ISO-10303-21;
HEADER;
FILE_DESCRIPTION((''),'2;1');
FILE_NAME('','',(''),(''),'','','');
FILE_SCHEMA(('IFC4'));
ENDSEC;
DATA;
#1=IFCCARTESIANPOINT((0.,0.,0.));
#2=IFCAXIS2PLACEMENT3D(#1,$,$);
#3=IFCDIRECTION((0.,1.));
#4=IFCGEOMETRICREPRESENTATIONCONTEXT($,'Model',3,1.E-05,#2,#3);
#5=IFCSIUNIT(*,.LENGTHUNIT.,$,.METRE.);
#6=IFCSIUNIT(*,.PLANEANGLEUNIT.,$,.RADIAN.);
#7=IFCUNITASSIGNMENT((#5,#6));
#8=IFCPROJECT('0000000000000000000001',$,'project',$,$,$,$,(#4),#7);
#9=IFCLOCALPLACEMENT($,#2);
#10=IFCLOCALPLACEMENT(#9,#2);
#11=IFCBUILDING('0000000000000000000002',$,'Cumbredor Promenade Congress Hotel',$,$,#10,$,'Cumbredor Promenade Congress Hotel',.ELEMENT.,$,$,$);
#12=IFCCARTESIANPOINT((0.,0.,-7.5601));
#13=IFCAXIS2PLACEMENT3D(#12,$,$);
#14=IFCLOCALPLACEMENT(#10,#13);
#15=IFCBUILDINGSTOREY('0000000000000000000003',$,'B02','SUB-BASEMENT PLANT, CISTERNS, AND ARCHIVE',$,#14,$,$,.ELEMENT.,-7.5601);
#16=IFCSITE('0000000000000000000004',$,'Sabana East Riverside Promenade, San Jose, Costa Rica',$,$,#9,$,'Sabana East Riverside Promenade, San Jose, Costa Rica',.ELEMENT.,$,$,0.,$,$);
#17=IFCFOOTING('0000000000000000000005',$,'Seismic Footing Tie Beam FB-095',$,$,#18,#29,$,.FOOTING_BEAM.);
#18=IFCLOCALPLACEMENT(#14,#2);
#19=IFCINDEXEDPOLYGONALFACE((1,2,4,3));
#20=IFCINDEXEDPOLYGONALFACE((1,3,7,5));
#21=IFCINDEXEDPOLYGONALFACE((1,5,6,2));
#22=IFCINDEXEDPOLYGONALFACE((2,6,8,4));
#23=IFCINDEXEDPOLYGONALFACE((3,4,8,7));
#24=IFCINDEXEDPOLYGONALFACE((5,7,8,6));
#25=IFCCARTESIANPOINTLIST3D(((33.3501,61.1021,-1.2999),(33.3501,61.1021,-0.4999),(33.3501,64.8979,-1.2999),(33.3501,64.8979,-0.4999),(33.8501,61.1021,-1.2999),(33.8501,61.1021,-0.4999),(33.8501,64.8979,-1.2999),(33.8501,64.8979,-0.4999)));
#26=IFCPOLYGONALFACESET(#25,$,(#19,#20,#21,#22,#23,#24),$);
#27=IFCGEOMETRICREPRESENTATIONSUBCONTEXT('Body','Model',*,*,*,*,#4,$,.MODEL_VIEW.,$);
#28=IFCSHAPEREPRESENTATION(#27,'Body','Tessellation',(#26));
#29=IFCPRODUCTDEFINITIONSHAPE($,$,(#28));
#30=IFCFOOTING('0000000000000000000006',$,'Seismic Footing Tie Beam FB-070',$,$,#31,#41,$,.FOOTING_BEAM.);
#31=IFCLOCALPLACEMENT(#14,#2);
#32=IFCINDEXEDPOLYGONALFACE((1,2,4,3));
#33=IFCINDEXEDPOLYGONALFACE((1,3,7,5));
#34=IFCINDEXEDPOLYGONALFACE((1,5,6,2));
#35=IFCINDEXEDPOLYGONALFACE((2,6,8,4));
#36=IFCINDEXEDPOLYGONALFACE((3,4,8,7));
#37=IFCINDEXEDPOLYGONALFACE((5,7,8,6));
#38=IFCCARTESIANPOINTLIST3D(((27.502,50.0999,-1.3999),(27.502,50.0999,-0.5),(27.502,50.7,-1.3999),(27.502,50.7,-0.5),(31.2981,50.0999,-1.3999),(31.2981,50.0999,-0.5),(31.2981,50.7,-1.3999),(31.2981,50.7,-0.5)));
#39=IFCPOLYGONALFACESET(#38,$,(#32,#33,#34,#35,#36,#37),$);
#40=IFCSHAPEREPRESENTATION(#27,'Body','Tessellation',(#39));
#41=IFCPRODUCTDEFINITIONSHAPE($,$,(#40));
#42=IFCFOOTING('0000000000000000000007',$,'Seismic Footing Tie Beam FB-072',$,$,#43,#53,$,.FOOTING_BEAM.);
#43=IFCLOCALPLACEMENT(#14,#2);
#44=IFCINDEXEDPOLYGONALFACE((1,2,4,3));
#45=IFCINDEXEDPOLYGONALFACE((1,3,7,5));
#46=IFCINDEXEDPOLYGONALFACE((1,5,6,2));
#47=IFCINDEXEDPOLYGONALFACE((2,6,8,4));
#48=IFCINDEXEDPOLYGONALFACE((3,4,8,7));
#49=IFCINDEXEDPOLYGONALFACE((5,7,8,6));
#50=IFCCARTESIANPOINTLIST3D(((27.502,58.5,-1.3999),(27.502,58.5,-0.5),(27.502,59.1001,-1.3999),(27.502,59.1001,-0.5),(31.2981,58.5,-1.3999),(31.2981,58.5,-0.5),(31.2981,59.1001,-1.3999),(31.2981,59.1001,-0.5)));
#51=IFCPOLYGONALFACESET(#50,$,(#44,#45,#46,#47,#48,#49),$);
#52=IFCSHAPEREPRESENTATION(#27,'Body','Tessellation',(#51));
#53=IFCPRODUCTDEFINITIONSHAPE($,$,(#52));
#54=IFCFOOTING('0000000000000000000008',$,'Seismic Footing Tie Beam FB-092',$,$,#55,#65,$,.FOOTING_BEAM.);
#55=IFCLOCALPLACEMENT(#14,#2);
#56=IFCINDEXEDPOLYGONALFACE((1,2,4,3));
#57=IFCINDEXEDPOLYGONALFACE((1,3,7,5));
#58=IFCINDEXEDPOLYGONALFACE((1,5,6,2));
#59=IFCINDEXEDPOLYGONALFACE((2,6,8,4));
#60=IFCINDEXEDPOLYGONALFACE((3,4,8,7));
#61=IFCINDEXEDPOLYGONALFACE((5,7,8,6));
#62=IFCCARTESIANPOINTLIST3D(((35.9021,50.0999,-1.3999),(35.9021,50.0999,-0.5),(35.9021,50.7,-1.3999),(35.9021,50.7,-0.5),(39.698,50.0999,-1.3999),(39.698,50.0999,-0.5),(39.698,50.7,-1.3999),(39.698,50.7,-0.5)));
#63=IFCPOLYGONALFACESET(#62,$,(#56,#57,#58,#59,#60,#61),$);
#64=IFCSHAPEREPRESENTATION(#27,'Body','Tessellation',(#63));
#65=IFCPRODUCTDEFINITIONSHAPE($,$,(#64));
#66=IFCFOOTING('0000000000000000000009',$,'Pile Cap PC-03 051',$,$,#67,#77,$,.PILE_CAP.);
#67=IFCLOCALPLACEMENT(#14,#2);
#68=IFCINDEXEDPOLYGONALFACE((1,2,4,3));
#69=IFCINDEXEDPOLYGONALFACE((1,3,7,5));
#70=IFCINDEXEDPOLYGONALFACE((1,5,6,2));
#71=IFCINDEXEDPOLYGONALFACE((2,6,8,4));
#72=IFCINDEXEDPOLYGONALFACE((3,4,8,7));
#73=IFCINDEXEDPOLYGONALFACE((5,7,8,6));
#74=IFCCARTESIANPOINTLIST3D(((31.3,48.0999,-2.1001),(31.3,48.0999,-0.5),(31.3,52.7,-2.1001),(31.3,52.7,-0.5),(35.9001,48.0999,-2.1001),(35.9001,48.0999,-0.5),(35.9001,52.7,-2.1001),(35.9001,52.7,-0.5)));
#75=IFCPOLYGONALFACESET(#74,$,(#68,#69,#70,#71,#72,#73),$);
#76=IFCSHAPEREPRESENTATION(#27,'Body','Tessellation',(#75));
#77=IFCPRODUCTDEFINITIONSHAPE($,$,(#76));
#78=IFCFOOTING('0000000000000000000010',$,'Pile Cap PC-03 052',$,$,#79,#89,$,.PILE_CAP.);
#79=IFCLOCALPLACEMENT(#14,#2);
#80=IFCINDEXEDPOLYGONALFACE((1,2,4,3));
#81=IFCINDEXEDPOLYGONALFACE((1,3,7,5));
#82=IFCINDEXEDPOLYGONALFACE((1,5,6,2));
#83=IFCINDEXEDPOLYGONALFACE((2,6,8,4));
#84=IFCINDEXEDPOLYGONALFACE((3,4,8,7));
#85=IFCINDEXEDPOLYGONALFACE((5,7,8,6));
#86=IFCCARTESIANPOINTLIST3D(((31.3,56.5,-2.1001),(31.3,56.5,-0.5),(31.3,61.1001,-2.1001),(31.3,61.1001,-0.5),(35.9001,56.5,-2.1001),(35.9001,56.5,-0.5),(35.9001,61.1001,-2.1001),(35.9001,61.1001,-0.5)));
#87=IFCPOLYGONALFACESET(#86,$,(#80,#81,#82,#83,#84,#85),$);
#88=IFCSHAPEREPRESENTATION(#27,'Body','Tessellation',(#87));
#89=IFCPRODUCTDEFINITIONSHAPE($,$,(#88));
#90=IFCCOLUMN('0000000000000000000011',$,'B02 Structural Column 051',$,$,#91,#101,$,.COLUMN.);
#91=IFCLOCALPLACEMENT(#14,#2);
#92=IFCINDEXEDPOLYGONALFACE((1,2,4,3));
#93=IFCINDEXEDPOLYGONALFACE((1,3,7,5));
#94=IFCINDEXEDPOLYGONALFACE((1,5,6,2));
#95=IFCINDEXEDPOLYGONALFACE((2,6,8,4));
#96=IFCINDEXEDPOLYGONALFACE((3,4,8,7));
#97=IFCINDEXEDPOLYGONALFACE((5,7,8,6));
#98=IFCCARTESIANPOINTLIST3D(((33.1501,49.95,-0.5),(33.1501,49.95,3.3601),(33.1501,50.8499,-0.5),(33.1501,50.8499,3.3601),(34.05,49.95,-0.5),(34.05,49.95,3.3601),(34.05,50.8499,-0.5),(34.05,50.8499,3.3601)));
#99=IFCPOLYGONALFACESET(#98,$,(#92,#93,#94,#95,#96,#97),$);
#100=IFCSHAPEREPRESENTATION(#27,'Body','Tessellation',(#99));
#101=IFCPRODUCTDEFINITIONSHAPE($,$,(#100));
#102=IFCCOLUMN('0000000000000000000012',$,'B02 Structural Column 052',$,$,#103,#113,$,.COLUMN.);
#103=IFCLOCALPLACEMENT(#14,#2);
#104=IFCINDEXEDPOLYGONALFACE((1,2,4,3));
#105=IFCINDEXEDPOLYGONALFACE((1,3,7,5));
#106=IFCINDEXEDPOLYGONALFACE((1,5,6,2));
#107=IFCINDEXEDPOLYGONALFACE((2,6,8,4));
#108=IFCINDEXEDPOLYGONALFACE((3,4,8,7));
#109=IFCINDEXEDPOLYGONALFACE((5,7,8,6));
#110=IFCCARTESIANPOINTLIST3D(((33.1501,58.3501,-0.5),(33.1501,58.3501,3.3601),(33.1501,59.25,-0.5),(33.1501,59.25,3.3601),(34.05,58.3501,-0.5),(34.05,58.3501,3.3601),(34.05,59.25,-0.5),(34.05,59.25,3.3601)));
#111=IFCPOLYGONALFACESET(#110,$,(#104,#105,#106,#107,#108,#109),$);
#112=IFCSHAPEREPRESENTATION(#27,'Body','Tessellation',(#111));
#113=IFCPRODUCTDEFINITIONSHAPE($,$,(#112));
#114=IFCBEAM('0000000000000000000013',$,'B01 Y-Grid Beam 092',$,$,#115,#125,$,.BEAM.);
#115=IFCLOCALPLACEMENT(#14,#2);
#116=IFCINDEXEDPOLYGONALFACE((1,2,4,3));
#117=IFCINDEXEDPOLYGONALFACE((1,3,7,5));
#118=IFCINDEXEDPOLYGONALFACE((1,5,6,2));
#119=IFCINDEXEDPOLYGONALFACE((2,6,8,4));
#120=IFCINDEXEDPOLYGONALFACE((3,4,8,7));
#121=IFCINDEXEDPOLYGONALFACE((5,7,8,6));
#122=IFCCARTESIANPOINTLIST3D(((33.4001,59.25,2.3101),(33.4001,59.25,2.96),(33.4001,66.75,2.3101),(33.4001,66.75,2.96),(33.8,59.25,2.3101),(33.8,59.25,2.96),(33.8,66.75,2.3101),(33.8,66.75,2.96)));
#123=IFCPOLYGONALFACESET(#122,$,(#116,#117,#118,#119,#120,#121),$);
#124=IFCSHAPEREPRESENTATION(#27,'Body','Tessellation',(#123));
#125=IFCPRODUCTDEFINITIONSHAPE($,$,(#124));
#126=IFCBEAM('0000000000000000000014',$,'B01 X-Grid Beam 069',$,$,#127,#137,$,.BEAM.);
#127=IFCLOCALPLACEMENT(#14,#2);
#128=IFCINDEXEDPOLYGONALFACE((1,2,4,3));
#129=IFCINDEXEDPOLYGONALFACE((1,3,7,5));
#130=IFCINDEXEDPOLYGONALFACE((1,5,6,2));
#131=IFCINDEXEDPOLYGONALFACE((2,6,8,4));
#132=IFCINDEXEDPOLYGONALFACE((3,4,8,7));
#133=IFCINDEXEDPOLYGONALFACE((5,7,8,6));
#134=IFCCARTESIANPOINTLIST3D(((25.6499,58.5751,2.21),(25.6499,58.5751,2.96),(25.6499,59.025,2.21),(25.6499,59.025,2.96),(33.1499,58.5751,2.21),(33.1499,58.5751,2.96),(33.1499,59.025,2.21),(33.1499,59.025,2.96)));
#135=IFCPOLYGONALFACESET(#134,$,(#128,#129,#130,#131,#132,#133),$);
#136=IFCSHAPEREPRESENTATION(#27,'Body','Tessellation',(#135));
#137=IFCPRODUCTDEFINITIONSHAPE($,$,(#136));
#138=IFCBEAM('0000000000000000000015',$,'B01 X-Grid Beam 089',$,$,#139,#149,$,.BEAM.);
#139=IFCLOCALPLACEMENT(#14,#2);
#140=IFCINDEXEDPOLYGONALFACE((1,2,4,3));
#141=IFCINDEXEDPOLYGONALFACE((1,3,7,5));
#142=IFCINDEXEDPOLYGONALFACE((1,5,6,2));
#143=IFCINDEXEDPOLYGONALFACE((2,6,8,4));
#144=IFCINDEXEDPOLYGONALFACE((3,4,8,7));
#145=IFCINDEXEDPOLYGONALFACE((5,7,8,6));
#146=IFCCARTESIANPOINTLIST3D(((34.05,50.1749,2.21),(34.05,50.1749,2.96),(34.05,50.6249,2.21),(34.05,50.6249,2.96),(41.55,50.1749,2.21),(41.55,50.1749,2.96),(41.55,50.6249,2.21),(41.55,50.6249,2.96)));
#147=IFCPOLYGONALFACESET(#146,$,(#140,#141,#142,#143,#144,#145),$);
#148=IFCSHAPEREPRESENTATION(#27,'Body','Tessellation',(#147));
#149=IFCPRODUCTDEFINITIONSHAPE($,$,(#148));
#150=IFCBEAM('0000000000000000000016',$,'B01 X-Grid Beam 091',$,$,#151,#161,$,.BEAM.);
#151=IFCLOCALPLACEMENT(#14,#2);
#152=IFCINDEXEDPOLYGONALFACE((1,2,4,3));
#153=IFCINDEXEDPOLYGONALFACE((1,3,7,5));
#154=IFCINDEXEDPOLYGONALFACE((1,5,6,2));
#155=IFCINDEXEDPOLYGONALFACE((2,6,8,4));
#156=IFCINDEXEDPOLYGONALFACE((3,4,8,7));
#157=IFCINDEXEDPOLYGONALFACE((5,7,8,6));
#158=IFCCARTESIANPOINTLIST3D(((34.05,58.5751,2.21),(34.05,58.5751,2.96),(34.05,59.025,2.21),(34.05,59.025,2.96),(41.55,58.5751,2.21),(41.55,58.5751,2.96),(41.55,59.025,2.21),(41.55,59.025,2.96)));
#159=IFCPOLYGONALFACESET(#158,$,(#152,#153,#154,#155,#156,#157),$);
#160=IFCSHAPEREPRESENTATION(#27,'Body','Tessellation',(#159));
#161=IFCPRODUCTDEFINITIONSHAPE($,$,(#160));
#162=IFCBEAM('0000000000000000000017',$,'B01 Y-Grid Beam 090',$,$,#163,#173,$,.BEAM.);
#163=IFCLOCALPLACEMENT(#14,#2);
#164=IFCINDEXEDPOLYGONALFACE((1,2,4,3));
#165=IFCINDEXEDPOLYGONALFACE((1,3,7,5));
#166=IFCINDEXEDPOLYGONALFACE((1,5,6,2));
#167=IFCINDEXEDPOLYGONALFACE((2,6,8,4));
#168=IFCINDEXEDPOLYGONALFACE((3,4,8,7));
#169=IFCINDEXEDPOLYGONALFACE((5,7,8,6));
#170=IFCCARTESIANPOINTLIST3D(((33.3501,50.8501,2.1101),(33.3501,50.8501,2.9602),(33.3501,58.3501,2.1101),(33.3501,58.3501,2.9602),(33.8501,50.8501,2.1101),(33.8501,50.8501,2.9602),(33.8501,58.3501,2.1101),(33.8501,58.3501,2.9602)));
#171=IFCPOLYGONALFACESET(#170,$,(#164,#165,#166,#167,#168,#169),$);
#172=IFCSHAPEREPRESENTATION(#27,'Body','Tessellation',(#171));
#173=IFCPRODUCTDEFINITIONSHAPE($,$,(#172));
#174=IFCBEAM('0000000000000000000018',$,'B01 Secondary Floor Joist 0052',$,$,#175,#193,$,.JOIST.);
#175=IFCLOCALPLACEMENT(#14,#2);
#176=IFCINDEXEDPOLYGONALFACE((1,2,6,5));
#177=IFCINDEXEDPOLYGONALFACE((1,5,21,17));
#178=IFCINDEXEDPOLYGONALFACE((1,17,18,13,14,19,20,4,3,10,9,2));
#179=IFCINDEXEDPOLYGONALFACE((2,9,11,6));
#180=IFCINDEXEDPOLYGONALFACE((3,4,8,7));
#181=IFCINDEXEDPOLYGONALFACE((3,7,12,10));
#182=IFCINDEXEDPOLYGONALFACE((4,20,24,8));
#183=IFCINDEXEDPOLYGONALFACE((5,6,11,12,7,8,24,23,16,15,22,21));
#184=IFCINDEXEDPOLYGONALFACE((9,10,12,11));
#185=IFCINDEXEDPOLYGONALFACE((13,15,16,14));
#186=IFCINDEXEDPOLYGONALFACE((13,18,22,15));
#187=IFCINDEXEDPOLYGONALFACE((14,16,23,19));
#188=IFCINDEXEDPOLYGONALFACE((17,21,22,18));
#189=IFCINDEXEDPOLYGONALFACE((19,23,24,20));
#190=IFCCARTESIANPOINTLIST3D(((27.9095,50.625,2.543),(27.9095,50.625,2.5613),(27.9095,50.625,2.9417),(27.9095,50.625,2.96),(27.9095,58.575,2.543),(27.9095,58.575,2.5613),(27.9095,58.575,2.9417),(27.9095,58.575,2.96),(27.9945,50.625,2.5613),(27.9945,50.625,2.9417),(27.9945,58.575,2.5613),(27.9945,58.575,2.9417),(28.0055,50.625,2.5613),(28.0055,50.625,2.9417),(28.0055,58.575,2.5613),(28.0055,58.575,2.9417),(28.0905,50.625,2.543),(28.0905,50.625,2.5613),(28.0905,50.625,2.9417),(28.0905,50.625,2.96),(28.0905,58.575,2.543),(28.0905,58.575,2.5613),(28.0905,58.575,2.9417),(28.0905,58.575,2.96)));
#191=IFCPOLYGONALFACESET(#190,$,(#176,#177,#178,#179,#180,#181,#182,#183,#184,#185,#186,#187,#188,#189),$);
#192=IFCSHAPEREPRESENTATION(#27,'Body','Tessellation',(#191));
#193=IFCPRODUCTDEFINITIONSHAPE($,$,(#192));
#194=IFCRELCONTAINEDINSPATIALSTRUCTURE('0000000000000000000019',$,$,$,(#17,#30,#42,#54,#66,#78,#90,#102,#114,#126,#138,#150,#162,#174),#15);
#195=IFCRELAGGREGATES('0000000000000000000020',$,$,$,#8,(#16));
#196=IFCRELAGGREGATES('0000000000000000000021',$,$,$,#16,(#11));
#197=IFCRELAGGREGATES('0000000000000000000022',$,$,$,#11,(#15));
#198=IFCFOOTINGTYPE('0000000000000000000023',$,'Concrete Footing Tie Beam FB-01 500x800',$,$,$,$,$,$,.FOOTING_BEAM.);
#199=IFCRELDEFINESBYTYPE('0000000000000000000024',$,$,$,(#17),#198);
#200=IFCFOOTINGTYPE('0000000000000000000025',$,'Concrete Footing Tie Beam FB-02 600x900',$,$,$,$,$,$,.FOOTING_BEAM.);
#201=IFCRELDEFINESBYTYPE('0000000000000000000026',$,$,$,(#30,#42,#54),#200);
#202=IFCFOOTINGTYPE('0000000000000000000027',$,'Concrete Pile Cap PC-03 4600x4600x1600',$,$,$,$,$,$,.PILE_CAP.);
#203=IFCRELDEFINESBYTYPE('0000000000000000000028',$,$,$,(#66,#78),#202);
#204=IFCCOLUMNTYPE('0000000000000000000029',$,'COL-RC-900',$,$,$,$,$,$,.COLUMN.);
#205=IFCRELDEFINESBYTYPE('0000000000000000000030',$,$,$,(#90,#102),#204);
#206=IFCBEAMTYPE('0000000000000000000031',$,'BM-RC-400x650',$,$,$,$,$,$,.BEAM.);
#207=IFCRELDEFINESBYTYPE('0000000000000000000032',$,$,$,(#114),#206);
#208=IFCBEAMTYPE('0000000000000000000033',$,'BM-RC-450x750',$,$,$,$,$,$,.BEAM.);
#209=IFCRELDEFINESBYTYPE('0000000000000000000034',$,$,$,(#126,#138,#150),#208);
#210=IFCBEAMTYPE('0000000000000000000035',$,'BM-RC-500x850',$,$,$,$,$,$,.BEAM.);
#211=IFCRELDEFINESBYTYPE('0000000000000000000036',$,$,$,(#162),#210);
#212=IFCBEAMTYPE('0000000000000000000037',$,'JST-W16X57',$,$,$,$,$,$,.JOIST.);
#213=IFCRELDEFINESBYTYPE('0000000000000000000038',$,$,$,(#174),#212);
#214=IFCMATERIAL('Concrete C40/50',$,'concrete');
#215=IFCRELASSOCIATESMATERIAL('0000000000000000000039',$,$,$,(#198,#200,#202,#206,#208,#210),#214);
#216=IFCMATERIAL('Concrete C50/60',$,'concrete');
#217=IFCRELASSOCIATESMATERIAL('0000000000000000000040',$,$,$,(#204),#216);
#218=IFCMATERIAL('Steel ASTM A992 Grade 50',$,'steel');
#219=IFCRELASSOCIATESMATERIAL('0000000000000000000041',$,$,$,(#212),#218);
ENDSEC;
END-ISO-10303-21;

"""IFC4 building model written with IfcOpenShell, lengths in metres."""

from ifc_helpers import new_model, si_unit, direction, frame, origin, origin_2d, place, context, subcontext, project, spatial, rectangle, i_section, extrude, material, material_profile, profile_set, type_object, element, save


model = new_model("IFC4")

# Units and contexts
model_context = context("Model", 3, precision=1e-05, world=origin(), true_north=direction((0.0, 1.0)))
body_context = subcontext(model_context, "Body", "Model", "MODEL_VIEW")
ifc_project = project(units=[si_unit("LENGTHUNIT", "METRE"), si_unit("PLANEANGLEUNIT", "RADIAN")], contexts=[model_context])

# Site, building, storey
site_placement = place(None, origin())
site = spatial("IfcSite", under=ifc_project, at=site_placement, Name="Sabana East Riverside Promenade, San Jose, Costa Rica", LongName="Sabana East Riverside Promenade, San Jose, Costa Rica", CompositionType="ELEMENT", RefElevation=0.0)
building_placement = place(site_placement, origin())
building = spatial("IfcBuilding", under=site, at=building_placement, Name="Cumbredor Promenade Congress Hotel", LongName="Cumbredor Promenade Congress Hotel", CompositionType="ELEMENT")
storey_placement = place(building_placement, frame((0.0, 0.0, -7.5601)))
storey = spatial("IfcBuildingStorey", under=building, at=storey_placement, Name="B02", Description="SUB-BASEMENT PLANT, CISTERNS, AND ARCHIVE", CompositionType="ELEMENT", Elevation=-7.5601)

# Shared definitions
ifc_material_1 = material(Name="Concrete C40/50", Category="concrete")

# Footings
ifc_material_profile_1 = material_profile(ifc_material_1, rectangle(XDim=0.5, YDim=0.8, at=origin_2d()), Name="FB 500x800")
ifc_profile_set_1 = profile_set([ifc_material_profile_1], Name="Concrete C40/50")
footing_type_1 = type_object("IfcFootingType", Name="Concrete Footing Tie Beam FB-01 500x800", PredefinedType="FOOTING_BEAM", material=ifc_profile_set_1)
footing_1_placement = place(storey_placement, frame((33.6001, 61.1021, -0.8999), z_axis=(0.0, 1.0, 0.0), x_axis=(-1.0, 0.0, 0.0)))
element("IfcFooting", 1, at=footing_1_placement, inside=storey, type_object=footing_type_1, Name="Seismic Footing Tie Beam FB-095", PredefinedType="FOOTING_BEAM", context=body_context, shape_type="SweptSolid", body=[
    extrude(rectangle(XDim=0.5, YDim=0.8, at=origin_2d()), origin(), (0.0, 0.0, 1.0), 3.7959),
])
ifc_material_profile_2 = material_profile(ifc_material_1, rectangle(XDim=0.6001, YDim=0.8999, at=origin_2d()), Name="FB 600x900")
ifc_profile_set_2 = profile_set([ifc_material_profile_2], Name="Concrete C40/50")
footing_type_2 = type_object("IfcFootingType", Name="Concrete Footing Tie Beam FB-02 600x900", PredefinedType="FOOTING_BEAM", material=ifc_profile_set_2)
for number, where, z_axis, x_axis, name in (
    (2, (27.502, 50.3999, -0.95), (1.0, 0.0, 0.0), (0.0, 1.0, 0.0), "Seismic Footing Tie Beam FB-070"),
    (3, (27.502, 58.8, -0.95), (1.0, 0.0, 0.0), (0.0, 1.0, 0.0), "Seismic Footing Tie Beam FB-072"),
):
    element("IfcFooting", number, at=place(storey_placement, frame(where, z_axis=z_axis, x_axis=x_axis)), inside=storey, type_object=footing_type_2, Name=name, PredefinedType="FOOTING_BEAM", context=body_context, shape_type="SweptSolid", body=[
        extrude(rectangle(XDim=0.6001, YDim=0.8999, at=origin_2d()), origin(), (0.0, 0.0, 1.0), 3.7961),
    ])
footing_2_placement = place(storey_placement, frame((35.9021, 50.3999, -0.95), z_axis=(1.0, 0.0, 0.0), x_axis=(0.0, 1.0, 0.0)))
element("IfcFooting", 4, at=footing_2_placement, inside=storey, type_object=footing_type_2, Name="Seismic Footing Tie Beam FB-092", PredefinedType="FOOTING_BEAM", context=body_context, shape_type="SweptSolid", body=[
    extrude(rectangle(XDim=0.6001, YDim=0.8999, at=origin_2d()), origin(), (0.0, 0.0, 1.0), 3.7959),
])
footing_type_3 = type_object("IfcFootingType", Name="Concrete Pile Cap PC-03 4600x4600x1600", PredefinedType="PILE_CAP", material=ifc_material_1)
for number, where, z_axis, x_axis, name in (
    (5, (33.6001, 50.3999, -2.1001), (0.0, 0.0, 1.0), (1.0, 0.0, 0.0), "Pile Cap PC-03 051"),
    (6, (33.6001, 58.8, -2.1001), (0.0, 0.0, 1.0), (1.0, 0.0, 0.0), "Pile Cap PC-03 052"),
):
    element("IfcFooting", number, at=place(storey_placement, frame(where, z_axis=z_axis, x_axis=x_axis)), inside=storey, type_object=footing_type_3, Name=name, PredefinedType="PILE_CAP", context=body_context, shape_type="SweptSolid", body=[
        extrude(rectangle(XDim=4.6001, YDim=4.6001, at=origin_2d()), origin(), (0.0, 0.0, 1.0), 1.6001),
    ])

# Columns
ifc_material_2 = material(Name="Concrete C50/60", Category="concrete")
ifc_material_profile_3 = material_profile(ifc_material_2, rectangle(XDim=0.8999, YDim=0.8999, at=origin_2d()), Name="RC 900x900")
ifc_profile_set_3 = profile_set([ifc_material_profile_3], Name="Concrete C50/60")
column_type = type_object("IfcColumnType", Name="COL-RC-900", PredefinedType="COLUMN", material=ifc_profile_set_3)
for number, where, z_axis, x_axis, name in (
    (7, (33.6001, 50.3999, -0.5), (0.0, 0.0, 1.0), (1.0, 0.0, 0.0), "B02 Structural Column 051"),
    (8, (33.6001, 58.8, -0.5), (0.0, 0.0, 1.0), (1.0, 0.0, 0.0), "B02 Structural Column 052"),
):
    element("IfcColumn", number, at=place(storey_placement, frame(where, z_axis=z_axis, x_axis=x_axis)), inside=storey, type_object=column_type, Name=name, PredefinedType="COLUMN", context=body_context, shape_type="SweptSolid", body=[
        extrude(rectangle(XDim=0.8999, YDim=0.8999, at=origin_2d()), origin(), (0.0, 0.0, 1.0), 3.8601),
    ])

# Beams
ifc_material_profile_4 = material_profile(ifc_material_1, rectangle(XDim=0.3999, YDim=0.6499, at=origin_2d()), Name="RC BEAM 400x650")
ifc_profile_set_4 = profile_set([ifc_material_profile_4], Name="Concrete C40/50")
beam_type_1 = type_object("IfcBeamType", Name="BM-RC-400x650", PredefinedType="BEAM", material=ifc_profile_set_4)
beam_1_placement = place(storey_placement, frame((33.6001, 59.25, 2.635), z_axis=(0.0, 1.0, 0.0), x_axis=(-1.0, 0.0, 0.0)))
element("IfcBeam", 9, at=beam_1_placement, inside=storey, type_object=beam_type_1, Name="B01 Y-Grid Beam 092", PredefinedType="BEAM", context=body_context, shape_type="SweptSolid", body=[
    extrude(rectangle(XDim=0.3999, YDim=0.6499, at=origin_2d()), origin(), (0.0, 0.0, 1.0), 7.5),
])
ifc_material_profile_5 = material_profile(ifc_material_1, rectangle(XDim=0.45, YDim=0.75, at=origin_2d()), Name="RC BEAM 450x750")
ifc_profile_set_5 = profile_set([ifc_material_profile_5], Name="Concrete C40/50")
beam_type_2 = type_object("IfcBeamType", Name="BM-RC-450x750", PredefinedType="BEAM", material=ifc_profile_set_5)
for number, where, z_axis, x_axis, name in (
    (10, (25.6499, 58.8, 2.585), (1.0, 0.0, 0.0), (0.0, 1.0, 0.0), "B01 X-Grid Beam 069"),
    (11, (34.05, 50.3999, 2.585), (1.0, 0.0, 0.0), (0.0, 1.0, 0.0), "B01 X-Grid Beam 089"),
    (12, (34.05, 58.8, 2.585), (1.0, 0.0, 0.0), (0.0, 1.0, 0.0), "B01 X-Grid Beam 091"),
):
    element("IfcBeam", number, at=place(storey_placement, frame(where, z_axis=z_axis, x_axis=x_axis)), inside=storey, type_object=beam_type_2, Name=name, PredefinedType="BEAM", context=body_context, shape_type="SweptSolid", body=[
        extrude(rectangle(XDim=0.45, YDim=0.75, at=origin_2d()), origin(), (0.0, 0.0, 1.0), 7.5),
    ])
ifc_material_profile_6 = material_profile(ifc_material_1, rectangle(XDim=0.5, YDim=0.8501, at=origin_2d()), Name="RC BEAM 500x850")
ifc_profile_set_6 = profile_set([ifc_material_profile_6], Name="Concrete C40/50")
beam_type_3 = type_object("IfcBeamType", Name="BM-RC-500x850", PredefinedType="BEAM", material=ifc_profile_set_6)
beam_2_placement = place(storey_placement, frame((33.6001, 50.8501, 2.5352), z_axis=(0.0, 1.0, 0.0), x_axis=(-1.0, 0.0, 0.0)))
element("IfcBeam", 13, at=beam_2_placement, inside=storey, type_object=beam_type_3, Name="B01 Y-Grid Beam 090", PredefinedType="BEAM", context=body_context, shape_type="SweptSolid", body=[
    extrude(rectangle(XDim=0.5, YDim=0.8501, at=origin_2d()), origin(), (0.0, 0.0, 1.0), 7.5),
])
ifc_material_3 = material(Name="Steel ASTM A992 Grade 50", Category="steel")
ifc_material_profile_7 = material_profile(ifc_material_3, i_section(OverallWidth=0.1809, OverallDepth=0.417, WebThickness=0.011, FlangeThickness=0.0183, at=origin_2d()), Name="W16X57")
ifc_profile_set_7 = profile_set([ifc_material_profile_7], Name="Steel ASTM A992 Grade 50")
beam_type_4 = type_object("IfcBeamType", Name="JST-W16X57", PredefinedType="JOIST", material=ifc_profile_set_7)
for number, where, z_axis, x_axis, name in (
    (14, (28.0, 50.625, 2.7515), (0.0, 1.0, 0.0), (-1.0, 0.0, 0.0), "B01 Secondary Floor Joist 0052"),
):
    element("IfcBeam", number, at=place(storey_placement, frame(where, z_axis=z_axis, x_axis=x_axis)), inside=storey, type_object=beam_type_4, Name=name, PredefinedType="JOIST", context=body_context, shape_type="SweptSolid", body=[
        extrude(i_section(OverallWidth=0.1809, OverallDepth=0.417, WebThickness=0.011, FlangeThickness=0.0183, at=origin_2d()), origin(), (0.0, 0.0, 1.0), 7.95),
    ])

save(model, "model.ifc")
